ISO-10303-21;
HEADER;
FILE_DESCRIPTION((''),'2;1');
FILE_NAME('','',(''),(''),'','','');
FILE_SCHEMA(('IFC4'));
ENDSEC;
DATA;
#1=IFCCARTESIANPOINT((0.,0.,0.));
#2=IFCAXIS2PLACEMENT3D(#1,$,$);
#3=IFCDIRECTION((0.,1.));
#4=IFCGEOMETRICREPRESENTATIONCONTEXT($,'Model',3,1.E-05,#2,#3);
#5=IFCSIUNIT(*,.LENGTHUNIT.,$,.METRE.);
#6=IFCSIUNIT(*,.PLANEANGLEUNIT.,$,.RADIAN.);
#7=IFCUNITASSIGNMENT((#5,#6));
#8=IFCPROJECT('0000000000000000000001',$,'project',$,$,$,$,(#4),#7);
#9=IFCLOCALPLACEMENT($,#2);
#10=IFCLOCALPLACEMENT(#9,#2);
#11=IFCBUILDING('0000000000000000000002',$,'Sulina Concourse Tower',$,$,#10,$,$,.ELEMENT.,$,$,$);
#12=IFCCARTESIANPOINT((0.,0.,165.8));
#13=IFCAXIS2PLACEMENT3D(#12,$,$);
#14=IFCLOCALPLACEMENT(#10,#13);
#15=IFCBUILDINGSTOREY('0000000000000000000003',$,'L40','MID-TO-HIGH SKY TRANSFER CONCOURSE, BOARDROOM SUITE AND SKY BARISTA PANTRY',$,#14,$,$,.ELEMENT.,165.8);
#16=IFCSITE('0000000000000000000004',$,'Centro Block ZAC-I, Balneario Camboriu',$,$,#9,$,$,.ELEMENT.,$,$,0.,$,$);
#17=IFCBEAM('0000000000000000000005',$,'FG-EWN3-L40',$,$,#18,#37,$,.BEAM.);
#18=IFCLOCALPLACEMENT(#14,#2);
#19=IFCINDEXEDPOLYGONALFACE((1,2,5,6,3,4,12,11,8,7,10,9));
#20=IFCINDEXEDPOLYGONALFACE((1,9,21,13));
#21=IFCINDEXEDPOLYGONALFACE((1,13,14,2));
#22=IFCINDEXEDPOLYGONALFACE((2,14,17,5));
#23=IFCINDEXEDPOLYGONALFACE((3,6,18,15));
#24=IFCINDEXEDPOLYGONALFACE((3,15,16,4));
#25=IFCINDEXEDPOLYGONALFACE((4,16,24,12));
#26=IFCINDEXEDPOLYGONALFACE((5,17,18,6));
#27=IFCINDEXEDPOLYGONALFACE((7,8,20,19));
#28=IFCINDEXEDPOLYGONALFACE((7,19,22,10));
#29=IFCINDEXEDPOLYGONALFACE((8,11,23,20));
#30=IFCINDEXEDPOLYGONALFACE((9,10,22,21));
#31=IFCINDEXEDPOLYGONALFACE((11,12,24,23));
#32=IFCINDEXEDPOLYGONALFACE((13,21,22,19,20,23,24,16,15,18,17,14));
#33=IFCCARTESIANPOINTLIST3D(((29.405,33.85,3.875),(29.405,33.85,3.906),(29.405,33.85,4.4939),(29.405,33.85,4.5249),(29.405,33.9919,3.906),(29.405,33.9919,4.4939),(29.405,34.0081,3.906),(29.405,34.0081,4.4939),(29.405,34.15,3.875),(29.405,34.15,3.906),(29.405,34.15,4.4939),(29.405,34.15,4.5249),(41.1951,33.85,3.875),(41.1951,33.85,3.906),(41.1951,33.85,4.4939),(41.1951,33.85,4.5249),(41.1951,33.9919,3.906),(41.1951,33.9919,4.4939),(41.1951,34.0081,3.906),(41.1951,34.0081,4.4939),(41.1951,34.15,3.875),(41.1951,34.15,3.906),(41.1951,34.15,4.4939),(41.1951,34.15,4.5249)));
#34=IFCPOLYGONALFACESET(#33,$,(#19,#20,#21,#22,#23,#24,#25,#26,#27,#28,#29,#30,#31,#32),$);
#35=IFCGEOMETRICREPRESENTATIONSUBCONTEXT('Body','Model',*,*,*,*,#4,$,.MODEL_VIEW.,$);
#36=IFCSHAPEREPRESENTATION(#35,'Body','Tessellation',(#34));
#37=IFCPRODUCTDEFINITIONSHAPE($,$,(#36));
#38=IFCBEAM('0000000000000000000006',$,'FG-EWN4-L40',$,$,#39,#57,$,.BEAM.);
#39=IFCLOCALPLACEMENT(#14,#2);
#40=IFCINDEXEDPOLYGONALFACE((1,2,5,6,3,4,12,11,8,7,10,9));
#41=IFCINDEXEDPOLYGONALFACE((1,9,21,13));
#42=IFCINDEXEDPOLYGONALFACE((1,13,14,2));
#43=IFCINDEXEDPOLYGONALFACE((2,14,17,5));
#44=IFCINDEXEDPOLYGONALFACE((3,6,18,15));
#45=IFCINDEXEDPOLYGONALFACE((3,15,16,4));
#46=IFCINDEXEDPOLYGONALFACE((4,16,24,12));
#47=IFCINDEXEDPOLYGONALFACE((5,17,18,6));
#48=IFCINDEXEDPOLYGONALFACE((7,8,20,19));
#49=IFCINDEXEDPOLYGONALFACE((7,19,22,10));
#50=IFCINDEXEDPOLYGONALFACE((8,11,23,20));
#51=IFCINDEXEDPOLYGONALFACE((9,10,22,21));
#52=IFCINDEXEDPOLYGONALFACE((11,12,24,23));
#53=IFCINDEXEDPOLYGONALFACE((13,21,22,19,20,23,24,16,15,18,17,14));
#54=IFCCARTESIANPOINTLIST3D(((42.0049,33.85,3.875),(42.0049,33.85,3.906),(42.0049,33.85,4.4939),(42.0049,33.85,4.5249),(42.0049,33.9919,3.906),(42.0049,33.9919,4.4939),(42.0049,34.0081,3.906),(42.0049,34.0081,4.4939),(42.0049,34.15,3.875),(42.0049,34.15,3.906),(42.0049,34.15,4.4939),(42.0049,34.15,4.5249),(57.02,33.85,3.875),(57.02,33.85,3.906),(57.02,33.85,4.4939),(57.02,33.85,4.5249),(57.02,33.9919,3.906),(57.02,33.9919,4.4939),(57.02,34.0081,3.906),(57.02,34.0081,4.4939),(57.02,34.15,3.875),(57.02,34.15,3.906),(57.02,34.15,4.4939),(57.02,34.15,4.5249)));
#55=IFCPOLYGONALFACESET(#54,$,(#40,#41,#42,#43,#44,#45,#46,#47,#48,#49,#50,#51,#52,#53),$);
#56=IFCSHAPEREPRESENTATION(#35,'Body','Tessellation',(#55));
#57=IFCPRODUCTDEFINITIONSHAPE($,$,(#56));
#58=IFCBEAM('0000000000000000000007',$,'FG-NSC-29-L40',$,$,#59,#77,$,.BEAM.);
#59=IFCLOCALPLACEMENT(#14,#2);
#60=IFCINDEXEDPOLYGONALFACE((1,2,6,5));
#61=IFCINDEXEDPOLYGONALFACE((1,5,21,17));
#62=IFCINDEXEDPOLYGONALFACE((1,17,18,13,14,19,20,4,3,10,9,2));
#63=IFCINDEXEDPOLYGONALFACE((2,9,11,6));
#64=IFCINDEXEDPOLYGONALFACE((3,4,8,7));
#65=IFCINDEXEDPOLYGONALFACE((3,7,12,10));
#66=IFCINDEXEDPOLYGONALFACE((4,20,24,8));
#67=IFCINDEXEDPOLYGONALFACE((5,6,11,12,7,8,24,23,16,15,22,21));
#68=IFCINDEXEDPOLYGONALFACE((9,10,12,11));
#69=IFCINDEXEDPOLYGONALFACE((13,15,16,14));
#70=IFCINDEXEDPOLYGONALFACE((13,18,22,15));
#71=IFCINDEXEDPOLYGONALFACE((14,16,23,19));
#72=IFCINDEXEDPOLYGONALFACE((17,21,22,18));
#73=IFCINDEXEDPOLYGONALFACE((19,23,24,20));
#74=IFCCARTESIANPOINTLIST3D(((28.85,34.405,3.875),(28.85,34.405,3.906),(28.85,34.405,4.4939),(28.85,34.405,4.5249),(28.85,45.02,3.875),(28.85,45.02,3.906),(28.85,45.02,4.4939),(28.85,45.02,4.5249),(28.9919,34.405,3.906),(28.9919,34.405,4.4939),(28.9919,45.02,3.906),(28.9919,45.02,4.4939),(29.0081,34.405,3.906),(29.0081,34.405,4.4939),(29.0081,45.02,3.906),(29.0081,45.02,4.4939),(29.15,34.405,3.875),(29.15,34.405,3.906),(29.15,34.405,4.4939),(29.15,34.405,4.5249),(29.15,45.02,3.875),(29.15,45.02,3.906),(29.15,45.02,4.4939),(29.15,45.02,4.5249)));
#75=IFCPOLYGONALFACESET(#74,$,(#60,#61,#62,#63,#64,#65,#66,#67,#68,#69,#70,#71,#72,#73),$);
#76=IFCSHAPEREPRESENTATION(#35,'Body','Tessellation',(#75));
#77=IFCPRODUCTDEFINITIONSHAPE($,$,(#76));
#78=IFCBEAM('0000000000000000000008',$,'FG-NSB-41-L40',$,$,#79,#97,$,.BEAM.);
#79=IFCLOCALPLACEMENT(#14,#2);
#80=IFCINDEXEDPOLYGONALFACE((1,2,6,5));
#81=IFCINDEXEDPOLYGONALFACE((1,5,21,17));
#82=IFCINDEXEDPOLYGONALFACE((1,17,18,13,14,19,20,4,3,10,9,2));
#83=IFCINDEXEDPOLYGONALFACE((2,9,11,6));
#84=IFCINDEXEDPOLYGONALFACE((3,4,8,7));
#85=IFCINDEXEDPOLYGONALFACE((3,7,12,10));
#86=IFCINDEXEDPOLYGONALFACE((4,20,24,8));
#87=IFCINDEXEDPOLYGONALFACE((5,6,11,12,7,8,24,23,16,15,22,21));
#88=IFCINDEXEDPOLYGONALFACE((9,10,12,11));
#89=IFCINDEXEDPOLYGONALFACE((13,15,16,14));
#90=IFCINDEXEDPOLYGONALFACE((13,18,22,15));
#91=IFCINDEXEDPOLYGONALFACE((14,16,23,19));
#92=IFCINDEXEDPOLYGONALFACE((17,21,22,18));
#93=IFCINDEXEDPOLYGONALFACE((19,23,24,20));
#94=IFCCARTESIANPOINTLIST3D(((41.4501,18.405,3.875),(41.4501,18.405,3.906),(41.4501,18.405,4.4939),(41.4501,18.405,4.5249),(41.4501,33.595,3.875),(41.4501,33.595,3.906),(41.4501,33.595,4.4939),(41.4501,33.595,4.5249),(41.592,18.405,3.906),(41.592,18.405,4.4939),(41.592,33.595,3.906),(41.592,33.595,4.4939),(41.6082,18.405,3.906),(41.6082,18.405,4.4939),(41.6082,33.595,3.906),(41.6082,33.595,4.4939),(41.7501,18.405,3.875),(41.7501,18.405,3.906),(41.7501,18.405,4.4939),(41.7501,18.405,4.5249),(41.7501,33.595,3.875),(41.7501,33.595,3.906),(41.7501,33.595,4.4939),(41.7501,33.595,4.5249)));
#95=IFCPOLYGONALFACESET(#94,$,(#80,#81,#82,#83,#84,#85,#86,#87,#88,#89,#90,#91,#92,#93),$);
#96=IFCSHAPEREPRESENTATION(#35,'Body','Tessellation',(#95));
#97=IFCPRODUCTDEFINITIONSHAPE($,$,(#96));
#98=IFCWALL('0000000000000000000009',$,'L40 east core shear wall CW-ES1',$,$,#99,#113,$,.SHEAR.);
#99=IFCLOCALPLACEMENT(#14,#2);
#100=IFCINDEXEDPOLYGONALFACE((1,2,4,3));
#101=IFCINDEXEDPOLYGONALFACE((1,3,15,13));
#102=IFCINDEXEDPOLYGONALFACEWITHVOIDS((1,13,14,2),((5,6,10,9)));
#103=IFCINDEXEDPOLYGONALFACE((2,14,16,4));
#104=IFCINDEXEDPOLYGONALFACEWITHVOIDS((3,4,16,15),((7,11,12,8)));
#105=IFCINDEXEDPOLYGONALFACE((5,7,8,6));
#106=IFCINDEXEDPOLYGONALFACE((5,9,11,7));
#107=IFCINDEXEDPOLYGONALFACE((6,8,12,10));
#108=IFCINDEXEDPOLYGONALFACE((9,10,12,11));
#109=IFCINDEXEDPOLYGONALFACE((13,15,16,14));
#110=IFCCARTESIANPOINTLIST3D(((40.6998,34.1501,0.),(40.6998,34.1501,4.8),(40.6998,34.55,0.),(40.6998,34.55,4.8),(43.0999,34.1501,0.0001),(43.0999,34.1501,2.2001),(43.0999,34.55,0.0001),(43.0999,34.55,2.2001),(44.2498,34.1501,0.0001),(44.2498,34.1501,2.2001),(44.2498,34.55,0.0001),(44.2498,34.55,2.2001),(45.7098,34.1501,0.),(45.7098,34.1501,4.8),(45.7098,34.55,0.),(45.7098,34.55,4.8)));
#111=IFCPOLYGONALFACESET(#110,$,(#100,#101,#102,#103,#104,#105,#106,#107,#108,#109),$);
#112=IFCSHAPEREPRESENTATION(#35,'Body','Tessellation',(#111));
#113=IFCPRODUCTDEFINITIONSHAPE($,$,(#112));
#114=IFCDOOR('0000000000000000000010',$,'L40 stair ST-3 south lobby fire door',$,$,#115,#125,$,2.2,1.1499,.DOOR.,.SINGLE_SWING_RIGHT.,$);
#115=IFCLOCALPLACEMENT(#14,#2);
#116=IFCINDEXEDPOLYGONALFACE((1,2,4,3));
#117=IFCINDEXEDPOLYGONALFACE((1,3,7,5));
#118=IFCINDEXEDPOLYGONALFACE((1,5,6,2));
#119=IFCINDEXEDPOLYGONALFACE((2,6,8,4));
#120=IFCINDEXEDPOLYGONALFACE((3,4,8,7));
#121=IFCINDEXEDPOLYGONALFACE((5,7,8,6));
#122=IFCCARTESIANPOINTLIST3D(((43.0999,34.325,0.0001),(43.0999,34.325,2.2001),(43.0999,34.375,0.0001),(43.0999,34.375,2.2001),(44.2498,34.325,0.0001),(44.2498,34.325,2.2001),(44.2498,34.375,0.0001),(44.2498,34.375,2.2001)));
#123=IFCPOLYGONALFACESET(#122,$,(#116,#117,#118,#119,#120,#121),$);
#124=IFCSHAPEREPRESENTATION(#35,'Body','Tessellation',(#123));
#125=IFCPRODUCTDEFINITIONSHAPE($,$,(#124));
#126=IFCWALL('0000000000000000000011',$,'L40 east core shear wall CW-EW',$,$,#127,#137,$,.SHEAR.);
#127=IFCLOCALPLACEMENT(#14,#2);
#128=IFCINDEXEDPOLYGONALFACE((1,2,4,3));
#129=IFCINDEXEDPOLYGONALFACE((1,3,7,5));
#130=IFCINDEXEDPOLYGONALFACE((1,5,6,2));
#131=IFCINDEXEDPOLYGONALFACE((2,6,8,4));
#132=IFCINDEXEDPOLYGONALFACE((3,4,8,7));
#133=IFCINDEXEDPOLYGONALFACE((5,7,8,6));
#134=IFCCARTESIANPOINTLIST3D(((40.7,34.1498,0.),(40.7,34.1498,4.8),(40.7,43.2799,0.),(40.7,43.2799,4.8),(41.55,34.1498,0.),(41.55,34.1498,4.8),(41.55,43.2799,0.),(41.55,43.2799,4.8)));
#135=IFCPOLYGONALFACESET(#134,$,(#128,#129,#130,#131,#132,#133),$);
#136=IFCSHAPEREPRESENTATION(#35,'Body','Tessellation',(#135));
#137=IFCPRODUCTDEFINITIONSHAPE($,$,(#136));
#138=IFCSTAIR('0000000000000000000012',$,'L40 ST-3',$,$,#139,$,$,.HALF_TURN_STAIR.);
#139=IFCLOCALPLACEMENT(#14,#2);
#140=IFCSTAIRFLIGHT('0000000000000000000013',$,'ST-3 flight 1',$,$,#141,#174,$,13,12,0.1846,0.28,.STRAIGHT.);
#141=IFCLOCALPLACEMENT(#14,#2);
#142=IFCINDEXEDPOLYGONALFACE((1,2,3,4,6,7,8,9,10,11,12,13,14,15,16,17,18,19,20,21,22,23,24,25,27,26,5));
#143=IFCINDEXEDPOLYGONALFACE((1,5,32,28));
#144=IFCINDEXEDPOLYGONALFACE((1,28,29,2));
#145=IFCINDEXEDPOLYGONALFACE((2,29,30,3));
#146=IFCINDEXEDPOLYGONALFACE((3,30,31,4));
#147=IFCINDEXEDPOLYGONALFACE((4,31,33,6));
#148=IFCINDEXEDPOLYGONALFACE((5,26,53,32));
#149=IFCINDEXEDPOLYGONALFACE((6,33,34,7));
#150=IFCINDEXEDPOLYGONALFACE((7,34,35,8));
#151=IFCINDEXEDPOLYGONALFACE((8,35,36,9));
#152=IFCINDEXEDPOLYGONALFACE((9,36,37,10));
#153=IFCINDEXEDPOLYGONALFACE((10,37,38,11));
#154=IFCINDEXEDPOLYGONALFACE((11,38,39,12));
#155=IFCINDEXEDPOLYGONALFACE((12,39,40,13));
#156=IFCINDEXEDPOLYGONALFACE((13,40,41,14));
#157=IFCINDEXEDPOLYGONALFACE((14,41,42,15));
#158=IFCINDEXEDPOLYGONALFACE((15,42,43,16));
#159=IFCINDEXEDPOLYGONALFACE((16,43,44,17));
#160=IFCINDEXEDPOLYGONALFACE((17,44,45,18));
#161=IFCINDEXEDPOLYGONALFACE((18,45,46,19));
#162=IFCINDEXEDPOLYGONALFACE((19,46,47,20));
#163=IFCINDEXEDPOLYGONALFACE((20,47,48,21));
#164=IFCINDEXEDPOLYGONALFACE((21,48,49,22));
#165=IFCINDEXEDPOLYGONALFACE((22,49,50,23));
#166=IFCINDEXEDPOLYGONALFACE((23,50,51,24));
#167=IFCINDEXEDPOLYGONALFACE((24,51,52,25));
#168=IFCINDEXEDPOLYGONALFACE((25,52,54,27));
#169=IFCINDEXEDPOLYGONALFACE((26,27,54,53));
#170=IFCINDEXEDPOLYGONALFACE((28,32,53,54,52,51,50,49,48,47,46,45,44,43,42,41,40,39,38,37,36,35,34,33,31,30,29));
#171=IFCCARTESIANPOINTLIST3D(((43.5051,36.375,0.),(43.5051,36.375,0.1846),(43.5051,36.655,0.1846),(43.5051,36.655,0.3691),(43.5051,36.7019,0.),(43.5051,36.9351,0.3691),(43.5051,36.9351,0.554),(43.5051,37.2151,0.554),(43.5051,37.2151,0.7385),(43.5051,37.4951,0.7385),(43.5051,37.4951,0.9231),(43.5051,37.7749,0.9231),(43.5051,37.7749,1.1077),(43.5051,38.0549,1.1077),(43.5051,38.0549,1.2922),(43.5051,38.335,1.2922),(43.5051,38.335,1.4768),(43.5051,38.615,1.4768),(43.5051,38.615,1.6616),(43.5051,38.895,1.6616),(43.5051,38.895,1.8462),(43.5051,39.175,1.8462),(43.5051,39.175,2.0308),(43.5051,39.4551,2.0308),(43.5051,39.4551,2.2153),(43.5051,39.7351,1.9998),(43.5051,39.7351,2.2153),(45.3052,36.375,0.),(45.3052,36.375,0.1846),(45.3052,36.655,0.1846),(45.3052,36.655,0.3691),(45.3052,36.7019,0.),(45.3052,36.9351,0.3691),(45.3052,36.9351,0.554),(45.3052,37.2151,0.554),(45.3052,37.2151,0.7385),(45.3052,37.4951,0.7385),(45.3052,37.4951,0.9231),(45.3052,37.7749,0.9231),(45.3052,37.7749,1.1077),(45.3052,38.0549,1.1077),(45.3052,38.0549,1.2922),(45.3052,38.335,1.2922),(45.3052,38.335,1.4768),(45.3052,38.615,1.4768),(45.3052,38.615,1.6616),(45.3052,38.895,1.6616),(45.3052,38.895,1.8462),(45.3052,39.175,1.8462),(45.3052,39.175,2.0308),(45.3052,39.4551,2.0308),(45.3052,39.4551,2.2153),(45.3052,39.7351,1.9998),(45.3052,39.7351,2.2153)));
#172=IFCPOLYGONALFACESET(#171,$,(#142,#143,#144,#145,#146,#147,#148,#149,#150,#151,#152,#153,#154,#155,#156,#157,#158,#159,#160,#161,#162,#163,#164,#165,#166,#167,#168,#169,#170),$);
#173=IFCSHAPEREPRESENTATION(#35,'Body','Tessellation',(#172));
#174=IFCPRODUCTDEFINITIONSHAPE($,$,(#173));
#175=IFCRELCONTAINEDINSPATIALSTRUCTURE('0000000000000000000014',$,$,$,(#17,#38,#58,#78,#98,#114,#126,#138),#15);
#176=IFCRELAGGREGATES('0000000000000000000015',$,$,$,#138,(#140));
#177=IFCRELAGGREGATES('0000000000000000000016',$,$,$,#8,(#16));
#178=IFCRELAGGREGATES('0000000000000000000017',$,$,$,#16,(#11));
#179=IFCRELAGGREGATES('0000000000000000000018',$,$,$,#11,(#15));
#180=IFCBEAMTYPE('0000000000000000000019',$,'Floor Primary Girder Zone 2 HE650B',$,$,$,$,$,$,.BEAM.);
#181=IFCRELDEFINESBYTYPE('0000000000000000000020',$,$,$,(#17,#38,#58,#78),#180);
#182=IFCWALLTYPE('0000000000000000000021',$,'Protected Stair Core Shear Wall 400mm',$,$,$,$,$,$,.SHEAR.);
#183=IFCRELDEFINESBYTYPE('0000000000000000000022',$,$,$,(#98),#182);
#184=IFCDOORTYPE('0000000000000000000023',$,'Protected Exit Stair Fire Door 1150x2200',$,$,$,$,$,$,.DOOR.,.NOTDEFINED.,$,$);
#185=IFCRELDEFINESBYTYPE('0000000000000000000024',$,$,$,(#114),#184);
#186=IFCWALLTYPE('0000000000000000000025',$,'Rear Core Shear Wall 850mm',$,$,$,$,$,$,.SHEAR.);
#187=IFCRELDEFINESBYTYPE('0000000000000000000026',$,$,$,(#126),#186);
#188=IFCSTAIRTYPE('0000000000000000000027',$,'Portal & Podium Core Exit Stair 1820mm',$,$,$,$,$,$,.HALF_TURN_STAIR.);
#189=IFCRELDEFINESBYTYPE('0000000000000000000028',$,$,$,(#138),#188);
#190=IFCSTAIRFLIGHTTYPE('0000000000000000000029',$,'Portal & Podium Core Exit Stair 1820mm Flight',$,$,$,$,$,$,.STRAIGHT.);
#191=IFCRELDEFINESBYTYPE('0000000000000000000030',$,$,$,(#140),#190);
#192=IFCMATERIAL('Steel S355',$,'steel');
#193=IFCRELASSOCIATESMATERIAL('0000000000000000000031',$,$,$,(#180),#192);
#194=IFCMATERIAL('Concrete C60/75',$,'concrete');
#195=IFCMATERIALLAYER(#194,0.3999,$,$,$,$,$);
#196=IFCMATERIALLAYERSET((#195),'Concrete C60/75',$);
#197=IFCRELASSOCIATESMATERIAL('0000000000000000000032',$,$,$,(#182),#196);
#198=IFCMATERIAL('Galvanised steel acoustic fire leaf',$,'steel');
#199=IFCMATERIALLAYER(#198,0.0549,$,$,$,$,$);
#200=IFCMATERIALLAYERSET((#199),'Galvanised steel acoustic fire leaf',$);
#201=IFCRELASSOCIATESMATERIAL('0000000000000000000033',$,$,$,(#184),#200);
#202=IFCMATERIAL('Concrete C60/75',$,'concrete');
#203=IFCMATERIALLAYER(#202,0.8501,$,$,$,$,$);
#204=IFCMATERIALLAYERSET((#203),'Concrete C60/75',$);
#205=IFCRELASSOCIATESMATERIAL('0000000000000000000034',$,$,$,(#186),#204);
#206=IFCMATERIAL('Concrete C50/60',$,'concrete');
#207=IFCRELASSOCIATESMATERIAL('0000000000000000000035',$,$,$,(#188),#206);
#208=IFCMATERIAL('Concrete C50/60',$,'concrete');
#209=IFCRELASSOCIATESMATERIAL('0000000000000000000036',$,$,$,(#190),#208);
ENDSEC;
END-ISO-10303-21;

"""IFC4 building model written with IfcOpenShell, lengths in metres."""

from ifc_helpers import new_model, si_unit, direction, frame, frame_2d, origin, origin_2d, place, context, subcontext, project, spatial, polyline, rectangle, i_section, outline, extrude, material, layer, layer_set, material_profile, profile_set, type_object, element, fill, aggregate, save


model = new_model("IFC4")

# Units and contexts
model_context = context("Model", 3, precision=1e-05, world=origin(), true_north=direction((0.0, 1.0)))
body_context = subcontext(model_context, "Body", "Model", "MODEL_VIEW")
ifc_project = project(units=[si_unit("LENGTHUNIT", "METRE"), si_unit("PLANEANGLEUNIT", "RADIAN")], contexts=[model_context])

# Site, building, storey
site_placement = place(None, origin())
site = spatial("IfcSite", under=ifc_project, at=site_placement, Name="Centro Block ZAC-I, Balneario Camboriu", CompositionType="ELEMENT", RefElevation=0.0)
building_placement = place(site_placement, origin())
building = spatial("IfcBuilding", under=site, at=building_placement, Name="Sulina Concourse Tower", CompositionType="ELEMENT")
storey_placement = place(building_placement, frame((0.0, 0.0, 165.8)))
storey = spatial("IfcBuildingStorey", under=building, at=storey_placement, Name="L40", Description="MID-TO-HIGH SKY TRANSFER CONCOURSE, BOARDROOM SUITE AND SKY BARISTA PANTRY", CompositionType="ELEMENT", Elevation=165.8)

# Beams
ifc_material_1 = material(Name="Steel S355", Category="steel")
ifc_material_profile_1 = material_profile(ifc_material_1, i_section(OverallWidth=0.3, OverallDepth=0.6499, WebThickness=0.0161, FlangeThickness=0.031, at=origin_2d()), Name="HE 650 B")
ifc_profile_set_1 = profile_set([ifc_material_profile_1], Name="Steel S355")
beam_type_1 = type_object("IfcBeamType", Name="Floor Primary Girder Zone 2 HE650B", PredefinedType="BEAM", material=ifc_profile_set_1)
beam_1_placement = place(storey_placement, frame((29.405, 34.0, 4.2), z_axis=(1.0, 0.0, 0.0), x_axis=(0.0, 1.0, 0.0)))
element("IfcBeam", 1, at=beam_1_placement, inside=storey, type_object=beam_type_1, Name="FG-EWN3-L40", PredefinedType="BEAM", context=body_context, shape_type="SweptSolid", body=[
    extrude(i_section(OverallWidth=0.3, OverallDepth=0.6499, WebThickness=0.0161, FlangeThickness=0.031, at=origin_2d()), origin(), (0.0, 0.0, 1.0), 11.79),
])
beam_2_placement = place(storey_placement, frame((42.0049, 34.0, 4.2), z_axis=(1.0, 0.0, 0.0), x_axis=(0.0, 1.0, 0.0)))
element("IfcBeam", 2, at=beam_2_placement, inside=storey, type_object=beam_type_1, Name="FG-EWN4-L40", PredefinedType="BEAM", context=body_context, shape_type="SweptSolid", body=[
    extrude(i_section(OverallWidth=0.3, OverallDepth=0.6499, WebThickness=0.0161, FlangeThickness=0.031, at=origin_2d()), origin(), (0.0, 0.0, 1.0), 15.0151),
])
beam_3_placement = place(storey_placement, frame((29.0, 34.405, 4.2), z_axis=(0.0, 1.0, 0.0), x_axis=(-1.0, 0.0, 0.0)))
element("IfcBeam", 3, at=beam_3_placement, inside=storey, type_object=beam_type_1, Name="FG-NSC-29-L40", PredefinedType="BEAM", context=body_context, shape_type="SweptSolid", body=[
    extrude(i_section(OverallWidth=0.3, OverallDepth=0.6499, WebThickness=0.0161, FlangeThickness=0.031, at=origin_2d()), origin(), (0.0, 0.0, 1.0), 10.615),
])
beam_4_placement = place(storey_placement, frame((41.6001, 18.405, 4.2), z_axis=(0.0, 1.0, 0.0), x_axis=(-1.0, 0.0, 0.0)))
element("IfcBeam", 4, at=beam_4_placement, inside=storey, type_object=beam_type_1, Name="FG-NSB-41-L40", PredefinedType="BEAM", context=body_context, shape_type="SweptSolid", body=[
    extrude(i_section(OverallWidth=0.3, OverallDepth=0.6499, WebThickness=0.0161, FlangeThickness=0.031, at=origin_2d()), origin(), (0.0, 0.0, 1.0), 15.1899),
])

# Wall, opening, door
ifc_material_2 = material(Name="Concrete C60/75", Category="concrete")
ifc_layer_1 = layer(ifc_material_2, 0.3999)
ifc_layer_set_1 = layer_set([ifc_layer_1], Name="Concrete C60/75")
wall_type_1 = type_object("IfcWallType", Name="Protected Stair Core Shear Wall 400mm", PredefinedType="SHEAR", material=ifc_layer_set_1)
wall_1_placement = place(storey_placement, frame((40.7, 34.3501, 0.0), z_axis=(0.0, 0.0, 1.0), x_axis=(1.0, 0.0, 0.0)))
wall_1 = element("IfcWall", 5, at=wall_1_placement, inside=storey, type_object=wall_type_1, Name="L40 east core shear wall CW-ES1", PredefinedType="SHEAR", context=body_context, shape_type="SweptSolid", body=[
    extrude(rectangle(XDim=5.01, YDim=0.3999, at=frame_2d((2.5049, 0.0))), origin(), (0.0, 0.0, 1.0), 4.8),
])
opening_placement = place(wall_1_placement, frame((2.3999, 0.0, 0.0)))
opening = element("IfcOpeningElement", 6, at=opening_placement, cuts=wall_1, PredefinedType="OPENING", context=body_context, shape_type="SweptSolid", body=[
    extrude(rectangle(XDim=1.1499, YDim=2.2, at=frame_2d((0.575, 1.1001))), frame((0.0, 0.21, 0.0), z_axis=(0.0, -1.0, 0.0), x_axis=(1.0, 0.0, 0.0)), (0.0, 0.0, 1.0), 0.4199),
])
ifc_material_3 = material(Name="Galvanised steel acoustic fire leaf", Category="steel")
ifc_layer_2 = layer(ifc_material_3, 0.0549)
ifc_layer_set_2 = layer_set([ifc_layer_2], Name="Galvanised steel acoustic fire leaf")
door_type = type_object("IfcDoorType", Name="Protected Exit Stair Fire Door 1150x2200", OperationType="NOTDEFINED", PredefinedType="DOOR", material=ifc_layer_set_2)
door_placement = place(opening_placement, origin())
door = element("IfcDoor", 7, at=door_placement, inside=storey, type_object=door_type, Name="L40 stair ST-3 south lobby fire door", OperationType="SINGLE_SWING_RIGHT", OverallHeight=2.2, OverallWidth=1.1499, PredefinedType="DOOR", context=body_context, shape_type="SweptSolid", body=[
    extrude(rectangle(XDim=1.1499, YDim=2.2, at=frame_2d((0.575, 1.1001))), frame((0.0, 0.0249, 0.0), z_axis=(0.0, -1.0, 0.0), x_axis=(1.0, 0.0, 0.0)), (0.0, 0.0, 1.0), 0.05),
])
fill(opening, door)

# Wall
ifc_material_4 = material(Name="Concrete C60/75", Category="concrete")
ifc_layer_3 = layer(ifc_material_4, 0.8501)
ifc_layer_set_3 = layer_set([ifc_layer_3], Name="Concrete C60/75")
wall_type_2 = type_object("IfcWallType", Name="Rear Core Shear Wall 850mm", PredefinedType="SHEAR", material=ifc_layer_set_3)
wall_2_placement = place(storey_placement, frame((41.125, 34.1499, 0.0), z_axis=(0.0, 0.0, 1.0), x_axis=(0.0, 1.0, 0.0)))
element("IfcWall", 8, at=wall_2_placement, inside=storey, type_object=wall_type_2, Name="L40 east core shear wall CW-EW", PredefinedType="SHEAR", context=body_context, shape_type="SweptSolid", body=[
    extrude(rectangle(XDim=9.1301, YDim=0.8501, at=frame_2d((4.5649, 0.0))), origin(), (0.0, 0.0, 1.0), 4.8),
])

# Stair, stair flight
ifc_material_5 = material(Name="Concrete C50/60", Category="concrete")
stair_type = type_object("IfcStairType", Name="Portal & Podium Core Exit Stair 1820mm", PredefinedType="HALF_TURN_STAIR", material=ifc_material_5)
stair_placement = place(storey_placement, origin())
stair = element("IfcStair", 9, at=stair_placement, inside=storey, type_object=stair_type, Name="L40 ST-3", PredefinedType="HALF_TURN_STAIR")
ifc_material_6 = material(Name="Concrete C50/60", Category="concrete")
stair_flight_type = type_object("IfcStairFlightType", Name="Portal & Podium Core Exit Stair 1820mm Flight", PredefinedType="STRAIGHT", material=ifc_material_6)
stair_flight_1_placement = place(storey_placement, frame((44.405, 36.375, 0.0), z_axis=(0.0, 0.0, 1.0), x_axis=(0.0, 1.0, 0.0)))
stair_flight_1 = element("IfcStairFlight", 10, at=stair_flight_1_placement, type_object=stair_flight_type, Name="ST-3 flight 1", NumberOfRisers=13, NumberOfTreads=12, PredefinedType="STRAIGHT", RiserHeight=0.1846, TreadLength=0.28, context=body_context, shape_type="SweptSolid", body=[
    extrude(outline(polyline([(0.0, 0.0), (0.0, 0.1846), (0.28, 0.1846), (0.28, 0.3691), (0.5601, 0.3691), (0.5601, 0.554), (0.8401, 0.554), (0.8401, 0.7385), (1.1201, 0.7385), (1.1201, 0.9231), (1.3999, 0.9231), (1.3999, 1.1077), (1.6799, 1.1077), (1.6799, 1.2922), (1.96, 1.2922), (1.96, 1.4768), (2.24, 1.4768), (2.24, 1.6616), (2.52, 1.6616), (2.52, 1.8462), (2.8, 1.8462), (2.8, 2.0308), (3.0801, 2.0308), (3.0801, 2.2153), (3.3601, 2.2153), (3.3601, 2.3999), (3.3601, 1.9998), (0.3269, 0.0), (0.0, 0.0)])), frame((0.0, 0.8999, 0.0), z_axis=(0.0, -1.0, 0.0), x_axis=(1.0, 0.0, 0.0)), (0.0, 0.0, 1.0), 1.8),
])
aggregate(stair, [stair_flight_1])

save(model, "model.ifc")
